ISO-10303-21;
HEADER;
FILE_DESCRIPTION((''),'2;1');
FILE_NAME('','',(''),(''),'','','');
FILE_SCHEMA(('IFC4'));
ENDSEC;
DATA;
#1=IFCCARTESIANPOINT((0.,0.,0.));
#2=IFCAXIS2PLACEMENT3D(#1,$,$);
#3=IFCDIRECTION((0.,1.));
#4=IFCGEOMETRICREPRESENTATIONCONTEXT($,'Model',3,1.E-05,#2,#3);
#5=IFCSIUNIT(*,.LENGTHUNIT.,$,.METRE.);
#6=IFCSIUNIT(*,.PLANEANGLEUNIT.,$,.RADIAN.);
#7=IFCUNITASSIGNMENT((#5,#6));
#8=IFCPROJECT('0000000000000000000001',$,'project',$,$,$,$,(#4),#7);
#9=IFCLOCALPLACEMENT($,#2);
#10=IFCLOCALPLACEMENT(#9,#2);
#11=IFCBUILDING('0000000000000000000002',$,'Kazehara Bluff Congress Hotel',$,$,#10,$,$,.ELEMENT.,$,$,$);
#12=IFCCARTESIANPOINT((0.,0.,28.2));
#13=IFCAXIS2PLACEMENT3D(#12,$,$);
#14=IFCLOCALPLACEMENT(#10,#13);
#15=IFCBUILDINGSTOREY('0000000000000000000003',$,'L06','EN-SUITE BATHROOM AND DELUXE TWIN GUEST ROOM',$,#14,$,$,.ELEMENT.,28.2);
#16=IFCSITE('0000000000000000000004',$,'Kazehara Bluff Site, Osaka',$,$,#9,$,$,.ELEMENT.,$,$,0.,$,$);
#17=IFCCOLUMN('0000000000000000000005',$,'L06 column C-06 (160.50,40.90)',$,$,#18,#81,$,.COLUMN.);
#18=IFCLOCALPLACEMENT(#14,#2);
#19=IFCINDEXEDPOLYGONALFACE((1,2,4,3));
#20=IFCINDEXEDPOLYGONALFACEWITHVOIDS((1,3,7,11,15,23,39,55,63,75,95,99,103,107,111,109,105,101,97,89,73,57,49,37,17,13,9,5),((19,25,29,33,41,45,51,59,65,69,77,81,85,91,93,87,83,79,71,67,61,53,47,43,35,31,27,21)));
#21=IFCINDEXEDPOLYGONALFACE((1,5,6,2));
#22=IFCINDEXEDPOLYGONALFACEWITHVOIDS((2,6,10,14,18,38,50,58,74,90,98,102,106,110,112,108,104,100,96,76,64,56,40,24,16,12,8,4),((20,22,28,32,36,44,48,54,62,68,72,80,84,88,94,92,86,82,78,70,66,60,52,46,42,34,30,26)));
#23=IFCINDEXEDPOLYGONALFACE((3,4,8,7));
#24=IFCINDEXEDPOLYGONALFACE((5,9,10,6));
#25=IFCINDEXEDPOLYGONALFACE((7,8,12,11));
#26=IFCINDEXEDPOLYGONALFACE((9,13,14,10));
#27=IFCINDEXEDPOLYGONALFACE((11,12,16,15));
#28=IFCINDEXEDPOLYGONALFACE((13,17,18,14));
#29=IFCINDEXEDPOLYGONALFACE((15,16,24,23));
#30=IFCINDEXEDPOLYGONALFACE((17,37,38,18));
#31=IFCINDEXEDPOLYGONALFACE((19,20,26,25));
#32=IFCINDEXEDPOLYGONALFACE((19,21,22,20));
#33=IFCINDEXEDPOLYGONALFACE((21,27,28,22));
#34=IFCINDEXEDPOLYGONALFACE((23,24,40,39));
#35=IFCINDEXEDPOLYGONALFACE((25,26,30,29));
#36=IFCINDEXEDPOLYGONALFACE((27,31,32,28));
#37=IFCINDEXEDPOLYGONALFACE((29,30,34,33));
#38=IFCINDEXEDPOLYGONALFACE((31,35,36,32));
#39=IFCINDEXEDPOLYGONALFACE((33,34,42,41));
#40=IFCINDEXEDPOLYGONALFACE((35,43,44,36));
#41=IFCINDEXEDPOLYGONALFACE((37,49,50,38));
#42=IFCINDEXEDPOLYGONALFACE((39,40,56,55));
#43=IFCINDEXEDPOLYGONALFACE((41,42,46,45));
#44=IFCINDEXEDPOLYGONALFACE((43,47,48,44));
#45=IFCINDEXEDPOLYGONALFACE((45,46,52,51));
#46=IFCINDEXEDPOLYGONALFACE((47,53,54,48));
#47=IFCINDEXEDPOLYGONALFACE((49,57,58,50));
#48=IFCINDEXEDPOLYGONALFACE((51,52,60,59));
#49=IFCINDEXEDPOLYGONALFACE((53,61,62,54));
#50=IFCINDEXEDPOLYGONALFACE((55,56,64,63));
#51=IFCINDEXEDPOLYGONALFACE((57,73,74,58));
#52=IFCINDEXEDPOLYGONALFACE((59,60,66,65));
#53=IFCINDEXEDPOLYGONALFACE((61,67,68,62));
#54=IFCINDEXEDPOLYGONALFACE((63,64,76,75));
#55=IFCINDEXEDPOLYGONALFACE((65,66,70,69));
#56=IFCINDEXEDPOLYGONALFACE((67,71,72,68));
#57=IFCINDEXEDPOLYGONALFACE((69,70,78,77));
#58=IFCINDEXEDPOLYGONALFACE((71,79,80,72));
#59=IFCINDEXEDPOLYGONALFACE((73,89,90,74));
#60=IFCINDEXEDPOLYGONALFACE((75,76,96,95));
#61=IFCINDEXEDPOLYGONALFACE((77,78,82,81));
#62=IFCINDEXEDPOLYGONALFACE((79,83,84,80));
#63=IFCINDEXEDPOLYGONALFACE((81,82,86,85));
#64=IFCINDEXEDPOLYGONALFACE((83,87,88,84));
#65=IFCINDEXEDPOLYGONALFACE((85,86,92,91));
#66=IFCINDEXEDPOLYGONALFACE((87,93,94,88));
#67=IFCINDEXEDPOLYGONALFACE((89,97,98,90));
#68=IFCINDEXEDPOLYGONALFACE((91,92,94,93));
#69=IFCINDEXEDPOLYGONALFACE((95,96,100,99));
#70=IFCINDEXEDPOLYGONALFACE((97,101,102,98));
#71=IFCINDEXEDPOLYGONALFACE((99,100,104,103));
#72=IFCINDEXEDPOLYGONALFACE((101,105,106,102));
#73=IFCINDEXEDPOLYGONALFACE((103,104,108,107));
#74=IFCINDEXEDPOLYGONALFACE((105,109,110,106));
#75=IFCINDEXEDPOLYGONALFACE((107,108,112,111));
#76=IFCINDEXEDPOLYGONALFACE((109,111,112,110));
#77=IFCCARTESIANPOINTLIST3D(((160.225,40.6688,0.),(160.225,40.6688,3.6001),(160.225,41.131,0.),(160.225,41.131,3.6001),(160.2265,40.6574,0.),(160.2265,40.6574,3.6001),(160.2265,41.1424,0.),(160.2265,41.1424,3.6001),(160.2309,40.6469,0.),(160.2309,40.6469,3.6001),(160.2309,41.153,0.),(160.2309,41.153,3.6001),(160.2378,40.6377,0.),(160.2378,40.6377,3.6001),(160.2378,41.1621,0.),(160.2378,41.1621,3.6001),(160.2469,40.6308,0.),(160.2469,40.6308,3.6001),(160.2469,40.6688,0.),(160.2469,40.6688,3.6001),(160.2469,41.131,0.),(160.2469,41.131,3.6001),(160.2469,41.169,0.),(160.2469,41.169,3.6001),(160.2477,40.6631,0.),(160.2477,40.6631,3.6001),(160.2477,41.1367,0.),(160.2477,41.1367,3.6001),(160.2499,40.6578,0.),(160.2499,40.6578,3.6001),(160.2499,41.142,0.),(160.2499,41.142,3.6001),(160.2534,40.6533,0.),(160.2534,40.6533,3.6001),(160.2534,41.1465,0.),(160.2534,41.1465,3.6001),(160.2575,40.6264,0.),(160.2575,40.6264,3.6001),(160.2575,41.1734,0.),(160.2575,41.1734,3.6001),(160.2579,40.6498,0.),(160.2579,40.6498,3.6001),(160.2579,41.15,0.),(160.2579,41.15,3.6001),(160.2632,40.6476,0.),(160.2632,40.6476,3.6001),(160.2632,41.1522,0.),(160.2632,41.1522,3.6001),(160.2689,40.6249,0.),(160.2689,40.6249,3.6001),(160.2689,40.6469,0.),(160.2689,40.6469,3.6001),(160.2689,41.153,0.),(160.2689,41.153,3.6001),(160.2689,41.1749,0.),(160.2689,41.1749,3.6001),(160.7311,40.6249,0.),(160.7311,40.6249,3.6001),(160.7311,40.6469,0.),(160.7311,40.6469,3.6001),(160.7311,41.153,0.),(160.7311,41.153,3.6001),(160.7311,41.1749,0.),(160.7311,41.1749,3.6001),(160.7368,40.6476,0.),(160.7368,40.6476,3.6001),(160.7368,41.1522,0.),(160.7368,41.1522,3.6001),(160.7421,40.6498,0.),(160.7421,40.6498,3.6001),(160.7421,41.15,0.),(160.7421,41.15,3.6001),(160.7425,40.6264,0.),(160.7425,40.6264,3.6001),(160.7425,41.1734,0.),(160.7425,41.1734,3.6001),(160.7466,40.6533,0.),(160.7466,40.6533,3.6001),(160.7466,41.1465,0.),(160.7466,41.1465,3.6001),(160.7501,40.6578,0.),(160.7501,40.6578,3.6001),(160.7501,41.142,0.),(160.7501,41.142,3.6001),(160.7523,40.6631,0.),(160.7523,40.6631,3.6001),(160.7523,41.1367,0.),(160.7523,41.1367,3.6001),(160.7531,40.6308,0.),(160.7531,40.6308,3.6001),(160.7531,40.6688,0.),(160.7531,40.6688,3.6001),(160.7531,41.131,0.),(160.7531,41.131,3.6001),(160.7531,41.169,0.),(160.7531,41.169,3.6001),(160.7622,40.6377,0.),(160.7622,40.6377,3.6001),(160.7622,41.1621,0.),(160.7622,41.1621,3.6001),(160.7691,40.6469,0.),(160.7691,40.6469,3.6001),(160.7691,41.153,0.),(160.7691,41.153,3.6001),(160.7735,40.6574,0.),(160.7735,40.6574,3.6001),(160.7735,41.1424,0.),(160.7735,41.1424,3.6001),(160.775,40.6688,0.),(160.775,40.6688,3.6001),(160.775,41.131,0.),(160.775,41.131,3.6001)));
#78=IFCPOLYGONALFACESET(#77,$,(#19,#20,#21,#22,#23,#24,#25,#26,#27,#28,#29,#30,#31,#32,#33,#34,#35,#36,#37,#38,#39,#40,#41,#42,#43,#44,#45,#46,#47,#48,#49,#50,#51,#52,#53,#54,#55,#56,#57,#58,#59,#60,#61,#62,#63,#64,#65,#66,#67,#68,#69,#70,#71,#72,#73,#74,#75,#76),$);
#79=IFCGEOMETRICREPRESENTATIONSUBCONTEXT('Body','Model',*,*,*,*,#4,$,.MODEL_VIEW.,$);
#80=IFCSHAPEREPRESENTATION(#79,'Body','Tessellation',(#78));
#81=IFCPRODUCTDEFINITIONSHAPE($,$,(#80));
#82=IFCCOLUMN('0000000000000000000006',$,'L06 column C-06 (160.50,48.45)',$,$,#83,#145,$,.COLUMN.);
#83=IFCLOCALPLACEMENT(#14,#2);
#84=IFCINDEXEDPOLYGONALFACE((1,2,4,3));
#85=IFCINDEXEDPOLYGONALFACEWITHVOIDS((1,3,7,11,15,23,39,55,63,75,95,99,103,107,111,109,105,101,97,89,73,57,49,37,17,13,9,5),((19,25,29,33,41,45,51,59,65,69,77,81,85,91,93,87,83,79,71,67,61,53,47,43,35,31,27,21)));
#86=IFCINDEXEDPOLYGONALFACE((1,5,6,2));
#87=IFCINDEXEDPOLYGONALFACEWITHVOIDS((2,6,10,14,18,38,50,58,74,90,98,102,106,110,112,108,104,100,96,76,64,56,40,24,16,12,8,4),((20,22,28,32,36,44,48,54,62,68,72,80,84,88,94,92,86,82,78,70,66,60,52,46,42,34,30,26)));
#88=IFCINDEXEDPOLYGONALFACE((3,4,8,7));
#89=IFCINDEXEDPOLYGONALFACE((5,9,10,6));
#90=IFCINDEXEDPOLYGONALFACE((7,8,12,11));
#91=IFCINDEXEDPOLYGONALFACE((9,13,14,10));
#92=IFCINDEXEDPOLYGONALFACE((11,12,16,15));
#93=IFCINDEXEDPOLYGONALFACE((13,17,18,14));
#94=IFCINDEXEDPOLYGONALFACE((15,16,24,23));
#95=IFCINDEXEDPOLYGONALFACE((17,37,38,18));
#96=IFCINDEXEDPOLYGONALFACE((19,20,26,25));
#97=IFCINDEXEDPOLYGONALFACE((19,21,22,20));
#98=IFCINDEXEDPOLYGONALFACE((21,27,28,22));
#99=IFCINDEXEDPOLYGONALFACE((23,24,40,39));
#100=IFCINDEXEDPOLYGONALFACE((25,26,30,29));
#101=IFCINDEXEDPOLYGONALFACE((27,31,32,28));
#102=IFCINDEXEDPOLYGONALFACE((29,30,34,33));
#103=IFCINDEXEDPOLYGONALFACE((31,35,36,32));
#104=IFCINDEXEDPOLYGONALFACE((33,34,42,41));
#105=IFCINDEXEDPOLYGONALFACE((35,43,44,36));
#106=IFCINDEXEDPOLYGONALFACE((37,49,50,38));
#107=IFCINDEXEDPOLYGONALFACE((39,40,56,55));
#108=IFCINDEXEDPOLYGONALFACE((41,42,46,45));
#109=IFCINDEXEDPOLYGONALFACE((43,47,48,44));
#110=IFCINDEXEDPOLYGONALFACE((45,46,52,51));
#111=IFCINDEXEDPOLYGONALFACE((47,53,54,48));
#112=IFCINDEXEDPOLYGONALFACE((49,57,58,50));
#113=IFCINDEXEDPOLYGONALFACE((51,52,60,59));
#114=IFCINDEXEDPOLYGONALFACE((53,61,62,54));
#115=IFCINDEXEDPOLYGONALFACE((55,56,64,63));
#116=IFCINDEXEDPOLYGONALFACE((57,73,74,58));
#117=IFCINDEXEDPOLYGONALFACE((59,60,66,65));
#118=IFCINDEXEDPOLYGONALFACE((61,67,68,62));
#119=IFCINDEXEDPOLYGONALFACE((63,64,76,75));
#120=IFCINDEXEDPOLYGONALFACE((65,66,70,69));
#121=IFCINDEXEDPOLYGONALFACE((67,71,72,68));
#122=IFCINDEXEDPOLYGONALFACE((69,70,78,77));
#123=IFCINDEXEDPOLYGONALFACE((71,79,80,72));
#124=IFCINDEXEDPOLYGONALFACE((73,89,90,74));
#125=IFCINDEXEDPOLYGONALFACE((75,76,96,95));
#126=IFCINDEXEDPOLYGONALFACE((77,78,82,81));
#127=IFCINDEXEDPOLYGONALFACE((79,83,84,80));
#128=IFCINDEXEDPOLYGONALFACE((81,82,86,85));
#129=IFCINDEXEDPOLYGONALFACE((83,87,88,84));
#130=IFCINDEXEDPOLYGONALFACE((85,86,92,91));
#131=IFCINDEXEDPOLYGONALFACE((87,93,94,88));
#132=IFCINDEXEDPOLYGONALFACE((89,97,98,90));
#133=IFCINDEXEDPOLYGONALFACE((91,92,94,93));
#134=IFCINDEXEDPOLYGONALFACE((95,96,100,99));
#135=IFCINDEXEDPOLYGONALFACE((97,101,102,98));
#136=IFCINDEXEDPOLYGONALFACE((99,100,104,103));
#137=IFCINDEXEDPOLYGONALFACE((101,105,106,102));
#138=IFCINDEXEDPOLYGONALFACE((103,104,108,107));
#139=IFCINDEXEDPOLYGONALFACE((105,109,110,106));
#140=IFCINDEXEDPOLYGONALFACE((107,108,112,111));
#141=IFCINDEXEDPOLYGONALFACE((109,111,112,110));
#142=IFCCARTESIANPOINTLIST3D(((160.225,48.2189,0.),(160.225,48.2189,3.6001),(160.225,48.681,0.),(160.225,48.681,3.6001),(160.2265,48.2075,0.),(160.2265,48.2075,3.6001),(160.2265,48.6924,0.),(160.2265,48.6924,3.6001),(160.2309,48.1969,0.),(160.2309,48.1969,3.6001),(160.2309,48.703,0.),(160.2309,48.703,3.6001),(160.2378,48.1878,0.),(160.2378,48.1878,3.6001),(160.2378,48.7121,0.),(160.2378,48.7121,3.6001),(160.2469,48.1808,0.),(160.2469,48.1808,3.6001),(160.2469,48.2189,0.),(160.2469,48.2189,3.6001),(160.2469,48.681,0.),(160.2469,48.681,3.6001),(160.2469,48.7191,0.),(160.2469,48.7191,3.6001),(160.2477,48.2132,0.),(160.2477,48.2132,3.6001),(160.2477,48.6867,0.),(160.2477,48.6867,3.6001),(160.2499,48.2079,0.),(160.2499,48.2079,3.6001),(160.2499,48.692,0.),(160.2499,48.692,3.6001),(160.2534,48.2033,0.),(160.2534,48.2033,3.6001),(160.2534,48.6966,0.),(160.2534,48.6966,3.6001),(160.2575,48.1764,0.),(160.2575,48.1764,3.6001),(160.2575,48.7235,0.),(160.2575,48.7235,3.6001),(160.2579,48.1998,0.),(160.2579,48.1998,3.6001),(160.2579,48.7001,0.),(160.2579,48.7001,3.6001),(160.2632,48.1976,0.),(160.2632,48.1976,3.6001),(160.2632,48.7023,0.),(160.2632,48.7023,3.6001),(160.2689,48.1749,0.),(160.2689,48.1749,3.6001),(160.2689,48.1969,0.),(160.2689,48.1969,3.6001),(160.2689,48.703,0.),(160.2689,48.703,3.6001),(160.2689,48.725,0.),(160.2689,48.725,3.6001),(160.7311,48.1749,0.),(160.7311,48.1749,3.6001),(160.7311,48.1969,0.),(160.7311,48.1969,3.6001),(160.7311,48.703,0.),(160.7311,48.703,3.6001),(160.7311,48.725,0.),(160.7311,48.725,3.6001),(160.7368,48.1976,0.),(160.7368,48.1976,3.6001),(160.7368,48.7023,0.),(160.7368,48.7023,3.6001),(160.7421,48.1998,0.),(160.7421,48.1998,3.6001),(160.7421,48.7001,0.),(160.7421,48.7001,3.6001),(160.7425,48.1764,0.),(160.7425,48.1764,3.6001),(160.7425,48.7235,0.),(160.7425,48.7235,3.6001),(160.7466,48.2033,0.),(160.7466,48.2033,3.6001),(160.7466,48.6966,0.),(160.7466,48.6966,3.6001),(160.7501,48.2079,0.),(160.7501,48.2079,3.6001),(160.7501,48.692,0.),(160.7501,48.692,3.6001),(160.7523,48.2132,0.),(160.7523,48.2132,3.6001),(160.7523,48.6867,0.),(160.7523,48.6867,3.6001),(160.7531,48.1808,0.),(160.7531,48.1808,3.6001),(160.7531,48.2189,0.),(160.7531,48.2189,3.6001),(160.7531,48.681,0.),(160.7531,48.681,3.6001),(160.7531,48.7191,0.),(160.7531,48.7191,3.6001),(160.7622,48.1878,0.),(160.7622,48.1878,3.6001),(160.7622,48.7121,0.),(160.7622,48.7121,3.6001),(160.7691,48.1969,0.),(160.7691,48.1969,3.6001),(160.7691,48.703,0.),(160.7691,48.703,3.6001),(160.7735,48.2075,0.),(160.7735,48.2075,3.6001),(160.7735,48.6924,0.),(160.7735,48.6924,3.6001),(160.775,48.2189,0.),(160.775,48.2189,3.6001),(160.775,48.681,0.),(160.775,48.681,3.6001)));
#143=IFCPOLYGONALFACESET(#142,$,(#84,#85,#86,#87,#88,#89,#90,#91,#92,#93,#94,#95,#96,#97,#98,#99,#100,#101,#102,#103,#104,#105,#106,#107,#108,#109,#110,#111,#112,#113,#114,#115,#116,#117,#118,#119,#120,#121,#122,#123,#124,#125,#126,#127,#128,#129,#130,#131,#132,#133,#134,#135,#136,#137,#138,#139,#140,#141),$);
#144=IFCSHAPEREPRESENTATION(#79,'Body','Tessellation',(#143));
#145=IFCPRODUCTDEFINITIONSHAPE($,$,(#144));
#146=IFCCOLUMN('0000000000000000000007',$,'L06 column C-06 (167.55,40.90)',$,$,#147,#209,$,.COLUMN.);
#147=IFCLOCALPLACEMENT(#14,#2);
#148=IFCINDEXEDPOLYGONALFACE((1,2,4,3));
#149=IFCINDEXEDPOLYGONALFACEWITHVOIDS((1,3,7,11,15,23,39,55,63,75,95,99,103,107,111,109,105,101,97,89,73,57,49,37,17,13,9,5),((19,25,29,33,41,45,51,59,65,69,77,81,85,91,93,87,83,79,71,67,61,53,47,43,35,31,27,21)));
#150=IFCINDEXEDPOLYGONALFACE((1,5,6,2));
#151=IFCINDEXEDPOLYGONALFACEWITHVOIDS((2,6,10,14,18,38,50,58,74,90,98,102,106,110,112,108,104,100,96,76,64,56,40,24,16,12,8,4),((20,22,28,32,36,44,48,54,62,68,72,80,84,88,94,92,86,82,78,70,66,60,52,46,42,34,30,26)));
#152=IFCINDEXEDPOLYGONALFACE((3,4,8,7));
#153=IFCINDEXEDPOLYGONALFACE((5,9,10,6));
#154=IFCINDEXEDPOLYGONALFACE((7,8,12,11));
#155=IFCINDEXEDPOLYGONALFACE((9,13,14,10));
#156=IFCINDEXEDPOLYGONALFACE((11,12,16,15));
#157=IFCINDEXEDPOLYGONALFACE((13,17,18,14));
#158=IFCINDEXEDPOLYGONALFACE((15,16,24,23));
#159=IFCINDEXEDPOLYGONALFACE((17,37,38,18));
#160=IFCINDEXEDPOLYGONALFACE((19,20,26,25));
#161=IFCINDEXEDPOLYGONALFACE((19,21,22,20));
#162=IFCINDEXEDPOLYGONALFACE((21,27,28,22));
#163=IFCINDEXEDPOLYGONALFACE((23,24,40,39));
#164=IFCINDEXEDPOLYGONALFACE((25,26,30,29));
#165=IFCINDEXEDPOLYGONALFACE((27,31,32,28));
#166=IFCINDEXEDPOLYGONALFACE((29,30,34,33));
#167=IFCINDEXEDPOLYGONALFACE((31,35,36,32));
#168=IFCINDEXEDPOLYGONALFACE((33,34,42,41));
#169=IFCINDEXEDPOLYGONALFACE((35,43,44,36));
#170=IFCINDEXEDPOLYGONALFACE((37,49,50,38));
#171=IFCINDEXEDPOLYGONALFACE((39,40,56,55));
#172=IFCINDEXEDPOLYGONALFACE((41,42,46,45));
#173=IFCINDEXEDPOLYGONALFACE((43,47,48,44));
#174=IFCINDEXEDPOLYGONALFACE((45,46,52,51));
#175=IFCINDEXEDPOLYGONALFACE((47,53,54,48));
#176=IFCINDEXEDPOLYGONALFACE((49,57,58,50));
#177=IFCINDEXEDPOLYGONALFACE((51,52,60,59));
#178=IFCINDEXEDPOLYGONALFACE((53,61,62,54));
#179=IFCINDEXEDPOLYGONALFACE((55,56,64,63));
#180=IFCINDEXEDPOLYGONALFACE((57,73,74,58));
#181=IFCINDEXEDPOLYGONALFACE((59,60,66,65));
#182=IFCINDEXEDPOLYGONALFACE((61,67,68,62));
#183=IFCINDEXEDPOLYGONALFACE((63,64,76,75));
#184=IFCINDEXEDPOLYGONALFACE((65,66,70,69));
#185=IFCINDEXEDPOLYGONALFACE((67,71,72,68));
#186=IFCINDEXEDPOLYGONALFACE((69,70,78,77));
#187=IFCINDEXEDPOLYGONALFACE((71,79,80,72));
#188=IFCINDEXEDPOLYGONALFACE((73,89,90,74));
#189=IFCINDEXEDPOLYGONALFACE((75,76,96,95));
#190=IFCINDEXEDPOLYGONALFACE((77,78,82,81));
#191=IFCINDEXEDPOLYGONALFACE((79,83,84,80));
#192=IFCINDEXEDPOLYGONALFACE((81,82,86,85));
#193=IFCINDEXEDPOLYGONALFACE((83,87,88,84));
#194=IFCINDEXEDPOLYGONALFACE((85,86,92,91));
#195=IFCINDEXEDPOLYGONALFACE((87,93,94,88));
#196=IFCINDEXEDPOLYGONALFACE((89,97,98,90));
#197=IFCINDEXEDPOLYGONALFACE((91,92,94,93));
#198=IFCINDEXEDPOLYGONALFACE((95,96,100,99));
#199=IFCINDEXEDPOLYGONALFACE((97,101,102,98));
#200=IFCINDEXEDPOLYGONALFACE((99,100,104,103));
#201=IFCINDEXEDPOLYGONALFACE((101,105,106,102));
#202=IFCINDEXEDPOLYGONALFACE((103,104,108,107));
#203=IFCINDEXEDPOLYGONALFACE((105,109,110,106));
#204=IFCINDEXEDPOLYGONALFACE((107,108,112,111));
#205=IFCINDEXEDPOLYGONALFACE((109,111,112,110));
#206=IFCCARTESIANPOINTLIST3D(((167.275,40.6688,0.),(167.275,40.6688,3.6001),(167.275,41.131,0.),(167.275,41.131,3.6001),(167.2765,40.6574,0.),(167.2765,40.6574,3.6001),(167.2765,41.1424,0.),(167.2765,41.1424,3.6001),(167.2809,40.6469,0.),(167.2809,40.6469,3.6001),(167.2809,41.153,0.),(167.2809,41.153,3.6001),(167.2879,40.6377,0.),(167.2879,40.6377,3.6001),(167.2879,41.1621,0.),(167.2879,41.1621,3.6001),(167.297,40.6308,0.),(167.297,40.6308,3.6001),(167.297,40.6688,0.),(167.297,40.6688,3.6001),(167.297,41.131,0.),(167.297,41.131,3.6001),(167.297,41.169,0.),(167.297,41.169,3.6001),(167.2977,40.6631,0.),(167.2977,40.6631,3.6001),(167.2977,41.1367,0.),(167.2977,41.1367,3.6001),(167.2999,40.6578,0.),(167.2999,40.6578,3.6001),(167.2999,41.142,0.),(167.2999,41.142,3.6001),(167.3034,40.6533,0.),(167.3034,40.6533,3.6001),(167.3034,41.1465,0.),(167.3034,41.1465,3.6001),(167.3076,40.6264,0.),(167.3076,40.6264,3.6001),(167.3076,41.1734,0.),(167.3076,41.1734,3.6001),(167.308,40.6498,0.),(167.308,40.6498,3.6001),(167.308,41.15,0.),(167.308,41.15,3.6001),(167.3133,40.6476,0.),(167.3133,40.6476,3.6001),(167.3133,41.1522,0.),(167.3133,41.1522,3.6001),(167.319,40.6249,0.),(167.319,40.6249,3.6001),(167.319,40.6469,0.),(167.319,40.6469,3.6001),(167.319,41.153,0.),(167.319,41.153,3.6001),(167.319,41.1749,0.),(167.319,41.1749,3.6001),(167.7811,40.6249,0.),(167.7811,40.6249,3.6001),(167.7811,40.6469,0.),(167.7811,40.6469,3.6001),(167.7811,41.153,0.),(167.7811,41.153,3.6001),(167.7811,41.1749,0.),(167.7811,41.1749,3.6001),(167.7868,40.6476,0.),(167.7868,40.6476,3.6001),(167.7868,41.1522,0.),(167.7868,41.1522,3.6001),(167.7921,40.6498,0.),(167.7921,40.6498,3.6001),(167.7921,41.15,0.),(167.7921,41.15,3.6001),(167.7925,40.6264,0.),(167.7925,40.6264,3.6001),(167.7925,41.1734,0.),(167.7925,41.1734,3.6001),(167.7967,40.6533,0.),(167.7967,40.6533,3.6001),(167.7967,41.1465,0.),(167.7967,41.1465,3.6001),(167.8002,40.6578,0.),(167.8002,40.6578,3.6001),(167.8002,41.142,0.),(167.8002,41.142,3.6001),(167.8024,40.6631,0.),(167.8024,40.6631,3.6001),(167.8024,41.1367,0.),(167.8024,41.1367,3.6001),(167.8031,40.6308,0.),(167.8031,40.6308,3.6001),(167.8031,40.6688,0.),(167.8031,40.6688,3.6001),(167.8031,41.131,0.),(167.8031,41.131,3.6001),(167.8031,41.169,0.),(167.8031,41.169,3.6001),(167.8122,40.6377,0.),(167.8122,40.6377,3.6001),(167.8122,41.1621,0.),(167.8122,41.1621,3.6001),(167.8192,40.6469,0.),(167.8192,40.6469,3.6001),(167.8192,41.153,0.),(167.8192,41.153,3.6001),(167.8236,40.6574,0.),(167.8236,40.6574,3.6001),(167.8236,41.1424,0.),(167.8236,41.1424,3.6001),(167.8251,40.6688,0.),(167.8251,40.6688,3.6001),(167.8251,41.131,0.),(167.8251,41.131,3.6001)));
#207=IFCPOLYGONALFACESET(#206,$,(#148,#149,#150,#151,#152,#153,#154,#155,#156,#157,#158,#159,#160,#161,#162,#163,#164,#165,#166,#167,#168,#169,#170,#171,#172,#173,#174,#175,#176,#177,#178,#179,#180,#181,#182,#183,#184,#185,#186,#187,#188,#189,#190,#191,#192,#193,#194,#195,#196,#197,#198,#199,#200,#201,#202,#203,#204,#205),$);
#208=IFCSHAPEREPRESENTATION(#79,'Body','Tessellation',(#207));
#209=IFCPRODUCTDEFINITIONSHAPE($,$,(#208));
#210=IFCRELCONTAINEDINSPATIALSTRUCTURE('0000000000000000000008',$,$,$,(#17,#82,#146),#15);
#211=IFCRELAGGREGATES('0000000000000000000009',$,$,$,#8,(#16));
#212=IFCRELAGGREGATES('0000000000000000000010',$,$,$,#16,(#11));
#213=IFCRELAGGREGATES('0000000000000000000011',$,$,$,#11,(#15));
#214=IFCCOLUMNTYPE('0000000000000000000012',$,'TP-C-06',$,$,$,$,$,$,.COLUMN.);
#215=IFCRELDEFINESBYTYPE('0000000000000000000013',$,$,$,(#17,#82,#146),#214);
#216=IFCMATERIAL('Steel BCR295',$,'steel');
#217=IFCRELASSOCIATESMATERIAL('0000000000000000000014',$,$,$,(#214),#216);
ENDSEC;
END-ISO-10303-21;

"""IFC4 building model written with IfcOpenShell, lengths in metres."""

from ifc_helpers import new_model, si_unit, direction, frame, origin, origin_2d, place, context, subcontext, project, spatial, hollow_rectangle, extrude, material, material_profile, profile_set, type_object, element, save


model = new_model("IFC4")

# Units and contexts
model_context = context("Model", 3, precision=1e-05, world=origin(), true_north=direction((0.0, 1.0)))
body_context = subcontext(model_context, "Body", "Model", "MODEL_VIEW")
ifc_project = project(units=[si_unit("LENGTHUNIT", "METRE"), si_unit("PLANEANGLEUNIT", "RADIAN")], contexts=[model_context])

# Site, building, storey
site_placement = place(None, origin())
site = spatial("IfcSite", under=ifc_project, at=site_placement, Name="Kazehara Bluff Site, Osaka", CompositionType="ELEMENT", RefElevation=0.0)
building_placement = place(site_placement, origin())
building = spatial("IfcBuilding", under=site, at=building_placement, Name="Kazehara Bluff Congress Hotel", CompositionType="ELEMENT")
storey_placement = place(building_placement, frame((0.0, 0.0, 28.2)))
storey = spatial("IfcBuildingStorey", under=building, at=storey_placement, Name="L06", Description="EN-SUITE BATHROOM AND DELUXE TWIN GUEST ROOM", CompositionType="ELEMENT", Elevation=28.2)

# Columns
ifc_material_1 = material(Name="Steel BCR295", Category="steel")
ifc_material_profile_1 = material_profile(ifc_material_1, hollow_rectangle(XDim=0.55, YDim=0.55, WallThickness=0.022, InnerFilletRadius=0.022, OuterFilletRadius=0.0439, at=origin_2d()))
ifc_profile_set_1 = profile_set([ifc_material_profile_1], Name="Steel BCR295")
column_type = type_object("IfcColumnType", Name="TP-C-06", PredefinedType="COLUMN", material=ifc_profile_set_1)
for number, where, z_axis, x_axis, name in (
    (1, (160.5, 40.8999, 0.0), (0.0, 0.0, 1.0), (1.0, 0.0, 0.0), "L06 column C-06 (160.50,40.90)"),
    (2, (160.5, 48.45, 0.0), (0.0, 0.0, 1.0), (1.0, 0.0, 0.0), "L06 column C-06 (160.50,48.45)"),
    (3, (167.55, 40.8999, 0.0), (0.0, 0.0, 1.0), (1.0, 0.0, 0.0), "L06 column C-06 (167.55,40.90)"),
):
    element("IfcColumn", number, at=place(storey_placement, frame(where, z_axis=z_axis, x_axis=x_axis)), inside=storey, type_object=column_type, Name=name, PredefinedType="COLUMN", context=body_context, shape_type="SweptSolid", body=[
        extrude(hollow_rectangle(XDim=0.55, YDim=0.55, WallThickness=0.022, InnerFilletRadius=0.022, OuterFilletRadius=0.0439, at=origin_2d()), origin(), (0.0, 0.0, 1.0), 3.6001),
    ])

save(model, "model.ifc")
